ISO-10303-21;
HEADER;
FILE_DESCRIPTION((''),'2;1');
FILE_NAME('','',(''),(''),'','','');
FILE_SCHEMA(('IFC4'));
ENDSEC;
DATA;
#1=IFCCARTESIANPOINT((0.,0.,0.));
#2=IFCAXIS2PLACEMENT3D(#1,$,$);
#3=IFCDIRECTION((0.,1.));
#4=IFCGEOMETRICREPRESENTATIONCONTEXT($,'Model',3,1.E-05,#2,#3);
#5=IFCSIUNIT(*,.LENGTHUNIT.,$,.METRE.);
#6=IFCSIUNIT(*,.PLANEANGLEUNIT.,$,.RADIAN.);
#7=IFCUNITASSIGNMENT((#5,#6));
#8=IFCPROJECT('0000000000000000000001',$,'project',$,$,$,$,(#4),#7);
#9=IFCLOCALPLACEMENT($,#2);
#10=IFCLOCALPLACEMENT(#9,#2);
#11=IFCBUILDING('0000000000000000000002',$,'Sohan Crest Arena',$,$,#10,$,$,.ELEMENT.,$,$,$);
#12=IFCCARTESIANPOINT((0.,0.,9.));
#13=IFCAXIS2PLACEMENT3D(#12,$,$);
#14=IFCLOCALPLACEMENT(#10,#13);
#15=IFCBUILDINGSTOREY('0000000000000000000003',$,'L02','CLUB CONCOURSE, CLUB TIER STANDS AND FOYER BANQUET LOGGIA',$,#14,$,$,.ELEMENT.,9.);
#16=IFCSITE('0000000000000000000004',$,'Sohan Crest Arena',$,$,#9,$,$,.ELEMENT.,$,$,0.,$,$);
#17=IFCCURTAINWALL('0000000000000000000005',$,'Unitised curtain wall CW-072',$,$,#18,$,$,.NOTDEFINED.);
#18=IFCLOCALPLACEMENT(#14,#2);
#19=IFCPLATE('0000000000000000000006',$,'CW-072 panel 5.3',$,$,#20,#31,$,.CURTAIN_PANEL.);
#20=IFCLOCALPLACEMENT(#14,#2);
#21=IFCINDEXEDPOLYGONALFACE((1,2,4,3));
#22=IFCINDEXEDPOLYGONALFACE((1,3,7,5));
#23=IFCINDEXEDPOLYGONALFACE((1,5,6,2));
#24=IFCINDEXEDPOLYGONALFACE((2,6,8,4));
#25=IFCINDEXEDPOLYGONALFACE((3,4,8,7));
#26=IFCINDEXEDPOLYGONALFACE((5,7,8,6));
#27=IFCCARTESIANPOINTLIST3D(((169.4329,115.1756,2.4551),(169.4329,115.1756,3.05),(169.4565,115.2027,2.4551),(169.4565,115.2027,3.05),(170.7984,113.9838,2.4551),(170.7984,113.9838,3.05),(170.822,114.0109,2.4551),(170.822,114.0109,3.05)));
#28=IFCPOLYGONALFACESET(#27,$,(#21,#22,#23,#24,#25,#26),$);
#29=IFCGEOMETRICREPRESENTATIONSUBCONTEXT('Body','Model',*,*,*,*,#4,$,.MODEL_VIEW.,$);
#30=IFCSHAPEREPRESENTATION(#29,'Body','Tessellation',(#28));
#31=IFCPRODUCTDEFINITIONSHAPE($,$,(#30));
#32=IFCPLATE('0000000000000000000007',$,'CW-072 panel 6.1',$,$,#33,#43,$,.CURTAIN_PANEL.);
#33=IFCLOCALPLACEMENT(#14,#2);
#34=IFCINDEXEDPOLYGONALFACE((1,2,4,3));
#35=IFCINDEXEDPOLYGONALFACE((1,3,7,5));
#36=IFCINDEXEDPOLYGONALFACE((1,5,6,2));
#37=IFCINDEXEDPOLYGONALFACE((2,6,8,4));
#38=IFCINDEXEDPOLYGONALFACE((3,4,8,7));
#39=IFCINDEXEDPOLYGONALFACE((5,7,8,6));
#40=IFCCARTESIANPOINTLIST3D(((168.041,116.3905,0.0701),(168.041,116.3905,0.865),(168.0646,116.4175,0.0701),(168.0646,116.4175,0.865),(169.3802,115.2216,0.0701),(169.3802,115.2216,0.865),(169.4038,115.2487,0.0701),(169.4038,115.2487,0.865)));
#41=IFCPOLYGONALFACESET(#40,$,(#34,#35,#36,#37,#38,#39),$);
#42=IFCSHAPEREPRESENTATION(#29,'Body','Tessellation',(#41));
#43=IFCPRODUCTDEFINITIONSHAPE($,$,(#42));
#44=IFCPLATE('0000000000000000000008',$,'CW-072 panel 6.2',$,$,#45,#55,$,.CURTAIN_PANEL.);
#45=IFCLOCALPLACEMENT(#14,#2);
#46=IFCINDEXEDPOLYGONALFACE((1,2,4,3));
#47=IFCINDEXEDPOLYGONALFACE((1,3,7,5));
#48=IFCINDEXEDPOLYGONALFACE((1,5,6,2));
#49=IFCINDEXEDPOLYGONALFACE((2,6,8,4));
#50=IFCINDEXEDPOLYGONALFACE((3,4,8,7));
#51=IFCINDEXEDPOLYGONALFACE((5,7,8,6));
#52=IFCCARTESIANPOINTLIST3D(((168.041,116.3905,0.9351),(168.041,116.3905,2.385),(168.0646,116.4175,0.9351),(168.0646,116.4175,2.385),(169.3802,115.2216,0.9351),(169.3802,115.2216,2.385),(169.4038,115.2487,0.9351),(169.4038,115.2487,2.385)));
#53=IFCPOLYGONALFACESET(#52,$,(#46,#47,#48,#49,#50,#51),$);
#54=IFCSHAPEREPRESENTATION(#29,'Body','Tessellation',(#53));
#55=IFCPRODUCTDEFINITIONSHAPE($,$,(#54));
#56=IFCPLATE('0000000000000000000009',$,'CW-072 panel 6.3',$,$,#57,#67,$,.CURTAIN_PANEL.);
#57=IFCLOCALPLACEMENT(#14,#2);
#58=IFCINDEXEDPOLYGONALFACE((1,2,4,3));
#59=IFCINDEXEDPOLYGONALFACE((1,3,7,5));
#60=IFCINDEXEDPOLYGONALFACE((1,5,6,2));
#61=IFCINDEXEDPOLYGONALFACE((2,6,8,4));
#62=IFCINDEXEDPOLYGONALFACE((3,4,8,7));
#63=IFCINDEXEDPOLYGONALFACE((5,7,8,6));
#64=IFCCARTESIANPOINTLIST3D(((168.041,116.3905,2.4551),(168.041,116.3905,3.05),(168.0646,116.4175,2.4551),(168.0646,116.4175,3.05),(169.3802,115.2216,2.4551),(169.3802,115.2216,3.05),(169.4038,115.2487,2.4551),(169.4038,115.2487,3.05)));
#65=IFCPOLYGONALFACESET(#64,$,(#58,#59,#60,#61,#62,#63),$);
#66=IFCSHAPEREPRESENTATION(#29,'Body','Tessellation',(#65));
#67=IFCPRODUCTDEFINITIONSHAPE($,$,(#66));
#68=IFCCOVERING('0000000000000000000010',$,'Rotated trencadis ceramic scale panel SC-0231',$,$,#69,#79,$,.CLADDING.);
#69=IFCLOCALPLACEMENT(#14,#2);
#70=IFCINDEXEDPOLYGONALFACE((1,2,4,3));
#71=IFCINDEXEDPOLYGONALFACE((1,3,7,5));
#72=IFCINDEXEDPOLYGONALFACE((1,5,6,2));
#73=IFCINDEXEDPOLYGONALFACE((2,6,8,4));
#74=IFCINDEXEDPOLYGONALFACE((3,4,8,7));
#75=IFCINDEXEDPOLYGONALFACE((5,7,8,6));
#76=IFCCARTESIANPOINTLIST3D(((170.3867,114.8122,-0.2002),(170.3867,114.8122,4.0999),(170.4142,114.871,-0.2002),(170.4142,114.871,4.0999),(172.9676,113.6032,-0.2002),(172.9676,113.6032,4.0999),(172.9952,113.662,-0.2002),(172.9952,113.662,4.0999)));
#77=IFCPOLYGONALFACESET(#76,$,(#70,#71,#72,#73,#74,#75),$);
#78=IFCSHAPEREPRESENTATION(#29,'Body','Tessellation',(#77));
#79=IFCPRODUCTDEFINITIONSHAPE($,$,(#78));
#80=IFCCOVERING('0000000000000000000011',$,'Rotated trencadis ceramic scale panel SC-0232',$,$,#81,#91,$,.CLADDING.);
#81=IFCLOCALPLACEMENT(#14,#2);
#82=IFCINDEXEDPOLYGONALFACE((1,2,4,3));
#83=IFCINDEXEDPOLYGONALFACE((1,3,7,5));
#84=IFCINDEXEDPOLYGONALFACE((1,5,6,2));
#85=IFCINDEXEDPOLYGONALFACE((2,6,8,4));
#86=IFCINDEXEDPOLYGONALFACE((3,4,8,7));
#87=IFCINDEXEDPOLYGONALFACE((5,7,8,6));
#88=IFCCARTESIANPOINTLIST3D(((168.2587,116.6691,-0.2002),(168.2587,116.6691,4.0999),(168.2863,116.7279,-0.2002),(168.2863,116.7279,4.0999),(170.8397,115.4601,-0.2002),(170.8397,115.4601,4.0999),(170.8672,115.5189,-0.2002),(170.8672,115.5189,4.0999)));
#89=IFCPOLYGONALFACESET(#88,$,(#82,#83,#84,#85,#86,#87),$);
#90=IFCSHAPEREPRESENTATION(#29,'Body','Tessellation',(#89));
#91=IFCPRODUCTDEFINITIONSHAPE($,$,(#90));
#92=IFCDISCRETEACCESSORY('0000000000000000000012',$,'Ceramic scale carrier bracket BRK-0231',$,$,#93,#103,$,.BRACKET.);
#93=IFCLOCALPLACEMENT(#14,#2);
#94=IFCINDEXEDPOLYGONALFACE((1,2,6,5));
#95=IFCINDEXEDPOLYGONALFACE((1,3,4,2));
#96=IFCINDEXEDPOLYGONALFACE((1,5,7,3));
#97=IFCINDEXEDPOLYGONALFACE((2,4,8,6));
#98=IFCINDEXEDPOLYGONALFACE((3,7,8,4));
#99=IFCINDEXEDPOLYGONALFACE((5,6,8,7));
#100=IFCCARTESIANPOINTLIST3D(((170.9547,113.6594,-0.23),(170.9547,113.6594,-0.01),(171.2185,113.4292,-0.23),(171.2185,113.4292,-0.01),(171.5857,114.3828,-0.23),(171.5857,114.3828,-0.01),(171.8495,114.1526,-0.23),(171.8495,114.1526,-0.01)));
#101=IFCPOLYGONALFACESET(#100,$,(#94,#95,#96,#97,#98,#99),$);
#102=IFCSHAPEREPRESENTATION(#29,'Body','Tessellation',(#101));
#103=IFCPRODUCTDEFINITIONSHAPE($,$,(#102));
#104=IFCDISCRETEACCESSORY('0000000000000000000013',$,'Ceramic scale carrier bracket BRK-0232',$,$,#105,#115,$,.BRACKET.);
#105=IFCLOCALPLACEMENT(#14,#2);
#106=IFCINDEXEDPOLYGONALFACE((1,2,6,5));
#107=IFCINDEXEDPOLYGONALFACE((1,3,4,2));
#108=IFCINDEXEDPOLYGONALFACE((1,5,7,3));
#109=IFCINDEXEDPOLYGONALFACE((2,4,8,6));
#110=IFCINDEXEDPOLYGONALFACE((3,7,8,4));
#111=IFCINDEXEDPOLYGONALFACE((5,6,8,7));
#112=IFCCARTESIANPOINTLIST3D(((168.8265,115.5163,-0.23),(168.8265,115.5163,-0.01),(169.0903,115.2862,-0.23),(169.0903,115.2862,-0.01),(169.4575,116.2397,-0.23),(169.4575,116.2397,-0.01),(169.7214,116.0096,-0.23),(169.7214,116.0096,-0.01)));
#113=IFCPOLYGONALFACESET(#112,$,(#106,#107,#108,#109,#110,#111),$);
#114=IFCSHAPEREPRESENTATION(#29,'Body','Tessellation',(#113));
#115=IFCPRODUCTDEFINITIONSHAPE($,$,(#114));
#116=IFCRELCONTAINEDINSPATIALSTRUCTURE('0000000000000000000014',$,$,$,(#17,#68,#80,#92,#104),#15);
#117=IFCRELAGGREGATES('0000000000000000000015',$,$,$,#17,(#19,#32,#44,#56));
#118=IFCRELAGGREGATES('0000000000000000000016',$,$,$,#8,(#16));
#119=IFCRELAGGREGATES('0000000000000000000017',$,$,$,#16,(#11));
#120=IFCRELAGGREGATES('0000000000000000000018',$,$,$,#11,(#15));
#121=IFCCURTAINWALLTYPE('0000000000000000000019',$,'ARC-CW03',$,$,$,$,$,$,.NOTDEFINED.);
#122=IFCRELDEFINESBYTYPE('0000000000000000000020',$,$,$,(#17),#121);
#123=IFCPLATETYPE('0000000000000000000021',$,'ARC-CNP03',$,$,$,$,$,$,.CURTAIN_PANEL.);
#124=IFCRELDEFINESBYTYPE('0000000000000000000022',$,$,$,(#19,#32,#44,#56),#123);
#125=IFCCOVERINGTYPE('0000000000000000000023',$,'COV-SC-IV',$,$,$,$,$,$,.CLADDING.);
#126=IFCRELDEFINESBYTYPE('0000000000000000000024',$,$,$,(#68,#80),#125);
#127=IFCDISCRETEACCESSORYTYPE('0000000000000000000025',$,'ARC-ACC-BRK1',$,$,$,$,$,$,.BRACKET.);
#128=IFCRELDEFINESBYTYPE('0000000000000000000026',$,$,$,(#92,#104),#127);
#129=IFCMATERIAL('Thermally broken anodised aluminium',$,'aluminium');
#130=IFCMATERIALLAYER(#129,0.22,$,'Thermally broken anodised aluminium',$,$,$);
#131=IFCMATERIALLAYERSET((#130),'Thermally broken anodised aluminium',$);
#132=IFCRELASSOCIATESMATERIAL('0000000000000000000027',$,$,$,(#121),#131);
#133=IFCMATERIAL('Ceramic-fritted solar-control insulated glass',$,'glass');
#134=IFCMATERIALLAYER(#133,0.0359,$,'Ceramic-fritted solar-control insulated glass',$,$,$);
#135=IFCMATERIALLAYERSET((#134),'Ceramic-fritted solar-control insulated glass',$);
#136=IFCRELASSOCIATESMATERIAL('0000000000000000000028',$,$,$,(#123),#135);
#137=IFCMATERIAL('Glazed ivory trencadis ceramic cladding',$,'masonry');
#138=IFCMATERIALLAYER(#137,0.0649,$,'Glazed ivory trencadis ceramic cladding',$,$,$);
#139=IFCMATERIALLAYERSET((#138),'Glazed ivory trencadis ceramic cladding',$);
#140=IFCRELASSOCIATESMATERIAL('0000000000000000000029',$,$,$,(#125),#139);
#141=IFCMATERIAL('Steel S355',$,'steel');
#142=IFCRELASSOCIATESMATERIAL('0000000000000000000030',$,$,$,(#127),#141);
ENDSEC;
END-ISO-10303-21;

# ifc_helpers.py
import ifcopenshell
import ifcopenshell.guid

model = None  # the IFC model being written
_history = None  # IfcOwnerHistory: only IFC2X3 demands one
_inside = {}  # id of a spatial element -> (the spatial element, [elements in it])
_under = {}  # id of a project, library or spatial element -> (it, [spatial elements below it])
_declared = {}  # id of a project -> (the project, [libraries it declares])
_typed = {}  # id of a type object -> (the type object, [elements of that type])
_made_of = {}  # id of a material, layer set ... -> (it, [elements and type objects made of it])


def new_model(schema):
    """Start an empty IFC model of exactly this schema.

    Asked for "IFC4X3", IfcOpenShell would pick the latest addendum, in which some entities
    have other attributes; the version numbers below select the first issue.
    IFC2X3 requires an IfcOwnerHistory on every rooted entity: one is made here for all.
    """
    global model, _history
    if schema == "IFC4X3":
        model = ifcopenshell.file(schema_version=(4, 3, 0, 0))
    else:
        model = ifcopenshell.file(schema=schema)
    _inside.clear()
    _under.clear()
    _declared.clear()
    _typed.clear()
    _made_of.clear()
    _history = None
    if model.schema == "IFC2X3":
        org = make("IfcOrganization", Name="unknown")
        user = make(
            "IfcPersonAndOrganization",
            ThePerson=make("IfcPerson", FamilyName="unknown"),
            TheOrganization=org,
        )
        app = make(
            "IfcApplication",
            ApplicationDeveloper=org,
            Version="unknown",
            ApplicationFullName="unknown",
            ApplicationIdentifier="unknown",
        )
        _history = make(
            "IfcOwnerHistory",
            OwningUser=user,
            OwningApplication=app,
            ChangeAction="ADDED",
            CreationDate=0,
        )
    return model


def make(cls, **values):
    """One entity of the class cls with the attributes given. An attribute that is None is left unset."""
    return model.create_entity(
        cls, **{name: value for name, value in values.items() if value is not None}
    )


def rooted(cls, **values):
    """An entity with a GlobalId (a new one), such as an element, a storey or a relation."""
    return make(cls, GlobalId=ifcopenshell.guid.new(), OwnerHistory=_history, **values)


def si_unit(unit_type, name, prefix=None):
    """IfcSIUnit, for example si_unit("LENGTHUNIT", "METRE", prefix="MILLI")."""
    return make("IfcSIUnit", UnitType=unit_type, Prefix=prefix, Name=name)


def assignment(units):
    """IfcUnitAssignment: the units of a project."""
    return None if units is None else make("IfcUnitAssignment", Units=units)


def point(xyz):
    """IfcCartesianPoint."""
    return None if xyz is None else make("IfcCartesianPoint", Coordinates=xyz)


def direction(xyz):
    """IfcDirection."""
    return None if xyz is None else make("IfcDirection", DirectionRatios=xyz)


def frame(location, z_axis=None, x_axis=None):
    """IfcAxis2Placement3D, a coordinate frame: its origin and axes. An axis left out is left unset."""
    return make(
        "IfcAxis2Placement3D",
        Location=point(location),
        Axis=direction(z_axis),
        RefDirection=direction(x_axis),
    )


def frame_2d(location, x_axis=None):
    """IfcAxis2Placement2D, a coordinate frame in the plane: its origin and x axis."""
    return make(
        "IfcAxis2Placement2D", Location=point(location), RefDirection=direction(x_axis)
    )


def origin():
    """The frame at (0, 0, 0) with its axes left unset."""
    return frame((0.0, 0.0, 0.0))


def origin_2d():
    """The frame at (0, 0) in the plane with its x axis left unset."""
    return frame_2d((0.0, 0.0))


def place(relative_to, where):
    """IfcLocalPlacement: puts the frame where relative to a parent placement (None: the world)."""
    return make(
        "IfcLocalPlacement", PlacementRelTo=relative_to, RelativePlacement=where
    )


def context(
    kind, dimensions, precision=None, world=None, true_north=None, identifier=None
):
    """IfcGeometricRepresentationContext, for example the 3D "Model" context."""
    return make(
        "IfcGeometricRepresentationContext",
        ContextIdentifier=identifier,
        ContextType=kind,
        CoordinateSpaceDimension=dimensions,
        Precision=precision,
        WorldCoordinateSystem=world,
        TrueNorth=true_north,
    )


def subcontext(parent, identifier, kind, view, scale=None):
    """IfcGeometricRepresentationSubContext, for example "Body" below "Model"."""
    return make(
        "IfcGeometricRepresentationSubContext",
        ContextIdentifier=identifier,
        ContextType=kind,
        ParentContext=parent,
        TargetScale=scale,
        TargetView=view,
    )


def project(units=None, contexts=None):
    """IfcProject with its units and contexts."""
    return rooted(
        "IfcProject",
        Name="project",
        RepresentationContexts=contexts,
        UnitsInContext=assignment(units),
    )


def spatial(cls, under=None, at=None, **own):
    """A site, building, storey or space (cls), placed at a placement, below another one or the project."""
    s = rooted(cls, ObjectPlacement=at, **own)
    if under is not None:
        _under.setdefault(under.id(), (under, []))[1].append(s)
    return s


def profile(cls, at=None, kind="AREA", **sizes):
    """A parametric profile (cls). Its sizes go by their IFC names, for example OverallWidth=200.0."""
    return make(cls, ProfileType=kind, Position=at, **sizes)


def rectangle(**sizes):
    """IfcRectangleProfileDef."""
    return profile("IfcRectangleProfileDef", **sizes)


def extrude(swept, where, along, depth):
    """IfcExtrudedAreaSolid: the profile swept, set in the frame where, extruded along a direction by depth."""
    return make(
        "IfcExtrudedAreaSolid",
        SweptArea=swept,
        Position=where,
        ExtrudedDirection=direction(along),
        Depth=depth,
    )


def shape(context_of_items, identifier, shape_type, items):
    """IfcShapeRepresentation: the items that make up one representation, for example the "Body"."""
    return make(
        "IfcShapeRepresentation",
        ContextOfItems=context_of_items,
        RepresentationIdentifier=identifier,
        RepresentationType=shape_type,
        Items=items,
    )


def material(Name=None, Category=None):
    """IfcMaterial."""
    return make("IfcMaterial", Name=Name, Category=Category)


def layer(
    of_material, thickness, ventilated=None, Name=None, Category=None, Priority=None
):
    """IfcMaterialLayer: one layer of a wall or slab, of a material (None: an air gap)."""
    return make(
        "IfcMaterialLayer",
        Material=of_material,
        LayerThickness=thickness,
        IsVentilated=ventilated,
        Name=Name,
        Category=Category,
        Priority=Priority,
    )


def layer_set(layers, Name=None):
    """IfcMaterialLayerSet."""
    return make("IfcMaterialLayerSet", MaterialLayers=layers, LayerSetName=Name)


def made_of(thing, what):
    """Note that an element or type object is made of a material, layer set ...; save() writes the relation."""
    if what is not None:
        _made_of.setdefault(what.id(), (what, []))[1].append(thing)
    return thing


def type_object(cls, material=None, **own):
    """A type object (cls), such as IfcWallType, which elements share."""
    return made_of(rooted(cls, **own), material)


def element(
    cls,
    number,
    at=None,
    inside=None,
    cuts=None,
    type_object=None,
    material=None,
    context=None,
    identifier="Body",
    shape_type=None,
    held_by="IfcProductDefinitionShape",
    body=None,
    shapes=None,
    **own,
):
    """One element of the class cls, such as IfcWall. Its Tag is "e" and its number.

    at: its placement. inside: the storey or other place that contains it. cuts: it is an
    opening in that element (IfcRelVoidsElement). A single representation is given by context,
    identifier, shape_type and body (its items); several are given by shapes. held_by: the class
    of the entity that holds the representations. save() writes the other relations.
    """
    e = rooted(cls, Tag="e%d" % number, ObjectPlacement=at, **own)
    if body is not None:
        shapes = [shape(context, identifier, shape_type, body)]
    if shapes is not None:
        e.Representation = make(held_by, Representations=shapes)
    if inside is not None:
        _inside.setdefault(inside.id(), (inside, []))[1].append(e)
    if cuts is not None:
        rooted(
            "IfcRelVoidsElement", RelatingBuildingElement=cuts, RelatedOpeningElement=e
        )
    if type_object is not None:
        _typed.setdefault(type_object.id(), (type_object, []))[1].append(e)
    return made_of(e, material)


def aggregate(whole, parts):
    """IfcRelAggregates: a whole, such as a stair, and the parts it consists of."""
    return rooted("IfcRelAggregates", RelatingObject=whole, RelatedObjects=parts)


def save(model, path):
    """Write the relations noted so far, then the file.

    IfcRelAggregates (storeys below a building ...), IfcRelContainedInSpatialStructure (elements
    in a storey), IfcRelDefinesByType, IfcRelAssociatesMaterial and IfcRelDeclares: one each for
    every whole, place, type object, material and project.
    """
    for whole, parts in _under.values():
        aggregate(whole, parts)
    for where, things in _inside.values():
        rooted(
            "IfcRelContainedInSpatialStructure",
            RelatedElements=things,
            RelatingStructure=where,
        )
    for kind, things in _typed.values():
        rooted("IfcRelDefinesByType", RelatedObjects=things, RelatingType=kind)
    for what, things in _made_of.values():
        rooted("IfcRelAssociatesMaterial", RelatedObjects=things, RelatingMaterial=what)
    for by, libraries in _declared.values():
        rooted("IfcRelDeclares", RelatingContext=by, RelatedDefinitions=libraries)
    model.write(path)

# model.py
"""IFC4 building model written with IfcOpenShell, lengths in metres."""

from ifc_helpers import new_model, si_unit, direction, frame, origin, origin_2d, place, context, subcontext, project, spatial, rectangle, extrude, material, layer, layer_set, type_object, element, aggregate, save


model = new_model("IFC4")

# Units and contexts
model_context = context("Model", 3, precision=1e-05, world=origin(), true_north=direction((0.0, 1.0)))
body_context = subcontext(model_context, "Body", "Model", "MODEL_VIEW")
ifc_project = project(units=[si_unit("LENGTHUNIT", "METRE"), si_unit("PLANEANGLEUNIT", "RADIAN")], contexts=[model_context])

# Site, building, storey
site_placement = place(None, origin())
site = spatial("IfcSite", under=ifc_project, at=site_placement, Name="Sohan Crest Arena", CompositionType="ELEMENT", RefElevation=0.0)
building_placement = place(site_placement, origin())
building = spatial("IfcBuilding", under=site, at=building_placement, Name="Sohan Crest Arena", CompositionType="ELEMENT")
storey_placement = place(building_placement, frame((0.0, 0.0, 9.0)))
storey = spatial("IfcBuildingStorey", under=building, at=storey_placement, Name="L02", Description="CLUB CONCOURSE, CLUB TIER STANDS AND FOYER BANQUET LOGGIA", CompositionType="ELEMENT", Elevation=9.0)

# Shared definitions
ifc_material_1 = material(Name="Steel S355", Category="steel")

# Curtain wall
ifc_material_2 = material(Name="Thermally broken anodised aluminium", Category="aluminium")
ifc_layer_1 = layer(ifc_material_2, 0.22, Name="Thermally broken anodised aluminium")
ifc_layer_set_1 = layer_set([ifc_layer_1], Name="Thermally broken anodised aluminium")
curtain_wall_type_1 = type_object("IfcCurtainWallType", Name="ARC-CW03", PredefinedType="NOTDEFINED", material=ifc_layer_set_1)
curtain_wall_1_placement = place(storey_placement, origin())
curtain_wall_1 = element("IfcCurtainWall", 1, at=curtain_wall_1_placement, inside=storey, type_object=curtain_wall_type_1, Name="Unitised curtain wall CW-072", PredefinedType="NOTDEFINED")

# Plates
ifc_material_3 = material(Name="Ceramic-fritted solar-control insulated glass", Category="glass")
ifc_layer_2 = layer(ifc_material_3, 0.0359, Name="Ceramic-fritted solar-control insulated glass")
ifc_layer_set_2 = layer_set([ifc_layer_2], Name="Ceramic-fritted solar-control insulated glass")
plate_type = type_object("IfcPlateType", Name="ARC-CNP03", PredefinedType="CURTAIN_PANEL", material=ifc_layer_set_2)
plate_1_placement = place(storey_placement, frame((170.1274, 114.5933, 2.4551), z_axis=(0.0, 0.0, 1.0), x_axis=(-0.753421, 0.657539, 0.0)))
plate_1 = element("IfcPlate", 2, at=plate_1_placement, type_object=plate_type, Name="CW-072 panel 5.3", PredefinedType="CURTAIN_PANEL", context=body_context, shape_type="SweptSolid", body=[
    extrude(rectangle(XDim=1.8125, YDim=0.0359, at=origin_2d()), origin(), (0.0, 0.0, 1.0), 0.595),
])
plate_2_placement = place(storey_placement, frame((168.7224, 115.8196, 0.0701), z_axis=(0.0, 0.0, 1.0), x_axis=(-0.753421, 0.657539, 0.0)))
plate_2 = element("IfcPlate", 3, at=plate_2_placement, type_object=plate_type, Name="CW-072 panel 6.1", PredefinedType="CURTAIN_PANEL", context=body_context, shape_type="SweptSolid", body=[
    extrude(rectangle(XDim=1.7776, YDim=0.0359, at=origin_2d()), origin(), (0.0, 0.0, 1.0), 0.7949),
])
plate_3_placement = place(storey_placement, frame((168.7224, 115.8196, 0.9351), z_axis=(0.0, 0.0, 1.0), x_axis=(-0.753421, 0.657539, 0.0)))
plate_3 = element("IfcPlate", 4, at=plate_3_placement, type_object=plate_type, Name="CW-072 panel 6.2", PredefinedType="CURTAIN_PANEL", context=body_context, shape_type="SweptSolid", body=[
    extrude(rectangle(XDim=1.7776, YDim=0.0359, at=origin_2d()), origin(), (0.0, 0.0, 1.0), 1.45),
])
plate_4_placement = place(storey_placement, frame((168.7224, 115.8196, 2.4551), z_axis=(0.0, 0.0, 1.0), x_axis=(-0.753421, 0.657539, 0.0)))
plate_4 = element("IfcPlate", 5, at=plate_4_placement, type_object=plate_type, Name="CW-072 panel 6.3", PredefinedType="CURTAIN_PANEL", context=body_context, shape_type="SweptSolid", body=[
    extrude(rectangle(XDim=1.7776, YDim=0.0359, at=origin_2d()), origin(), (0.0, 0.0, 1.0), 0.595),
])
aggregate(curtain_wall_1, [plate_1, plate_2, plate_3, plate_4])

# Coverings
ifc_material_4 = material(Name="Glazed ivory trencadis ceramic cladding", Category="masonry")
ifc_layer_3 = layer(ifc_material_4, 0.0649, Name="Glazed ivory trencadis ceramic cladding")
ifc_layer_set_3 = layer_set([ifc_layer_3], Name="Glazed ivory trencadis ceramic cladding")
covering_type = type_object("IfcCoveringType", Name="COV-SC-IV", PredefinedType="CLADDING", material=ifc_layer_set_3)
for number, where, z_axis, x_axis, name in (
    (6, (171.6909, 114.2371, -0.2002), (0.0, 0.0, 1.0), (-0.905569, 0.424199, 0.0), "Rotated trencadis ceramic scale panel SC-0231"),
    (7, (169.563, 116.094, -0.2002), (0.0, 0.0, 1.0), (-0.905569, 0.424199, 0.0), "Rotated trencadis ceramic scale panel SC-0232"),
):
    element("IfcCovering", number, at=place(storey_placement, frame(where, z_axis=z_axis, x_axis=x_axis)), inside=storey, type_object=covering_type, Name=name, PredefinedType="CLADDING", context=body_context, shape_type="SweptSolid", body=[
        extrude(rectangle(XDim=2.8501, YDim=0.0649, at=origin_2d()), origin(), (0.0, 0.0, 1.0), 4.3),
    ])

# Discrete accessories
discrete_accessory_type = type_object("IfcDiscreteAccessoryType", Name="ARC-ACC-BRK1", PredefinedType="BRACKET", material=ifc_material_1)
for number, where, z_axis, x_axis, name in (
    (8, (171.4021, 113.906, -0.23), (0.0, 0.0, 1.0), (-0.753563, 0.657375, 0.0), "Ceramic scale carrier bracket BRK-0231"),
    (9, (169.2739, 115.7629, -0.23), (0.0, 0.0, 1.0), (-0.753563, 0.657375, 0.0), "Ceramic scale carrier bracket BRK-0232"),
):
    element("IfcDiscreteAccessory", number, at=place(storey_placement, frame(where, z_axis=z_axis, x_axis=x_axis)), inside=storey, type_object=discrete_accessory_type, Name=name, PredefinedType="BRACKET", context=body_context, shape_type="SweptSolid", body=[
        extrude(rectangle(XDim=0.3501, YDim=0.96, at=origin_2d()), origin(), (0.0, 0.0, 1.0), 0.22),
    ])

save(model, "model.ifc")
